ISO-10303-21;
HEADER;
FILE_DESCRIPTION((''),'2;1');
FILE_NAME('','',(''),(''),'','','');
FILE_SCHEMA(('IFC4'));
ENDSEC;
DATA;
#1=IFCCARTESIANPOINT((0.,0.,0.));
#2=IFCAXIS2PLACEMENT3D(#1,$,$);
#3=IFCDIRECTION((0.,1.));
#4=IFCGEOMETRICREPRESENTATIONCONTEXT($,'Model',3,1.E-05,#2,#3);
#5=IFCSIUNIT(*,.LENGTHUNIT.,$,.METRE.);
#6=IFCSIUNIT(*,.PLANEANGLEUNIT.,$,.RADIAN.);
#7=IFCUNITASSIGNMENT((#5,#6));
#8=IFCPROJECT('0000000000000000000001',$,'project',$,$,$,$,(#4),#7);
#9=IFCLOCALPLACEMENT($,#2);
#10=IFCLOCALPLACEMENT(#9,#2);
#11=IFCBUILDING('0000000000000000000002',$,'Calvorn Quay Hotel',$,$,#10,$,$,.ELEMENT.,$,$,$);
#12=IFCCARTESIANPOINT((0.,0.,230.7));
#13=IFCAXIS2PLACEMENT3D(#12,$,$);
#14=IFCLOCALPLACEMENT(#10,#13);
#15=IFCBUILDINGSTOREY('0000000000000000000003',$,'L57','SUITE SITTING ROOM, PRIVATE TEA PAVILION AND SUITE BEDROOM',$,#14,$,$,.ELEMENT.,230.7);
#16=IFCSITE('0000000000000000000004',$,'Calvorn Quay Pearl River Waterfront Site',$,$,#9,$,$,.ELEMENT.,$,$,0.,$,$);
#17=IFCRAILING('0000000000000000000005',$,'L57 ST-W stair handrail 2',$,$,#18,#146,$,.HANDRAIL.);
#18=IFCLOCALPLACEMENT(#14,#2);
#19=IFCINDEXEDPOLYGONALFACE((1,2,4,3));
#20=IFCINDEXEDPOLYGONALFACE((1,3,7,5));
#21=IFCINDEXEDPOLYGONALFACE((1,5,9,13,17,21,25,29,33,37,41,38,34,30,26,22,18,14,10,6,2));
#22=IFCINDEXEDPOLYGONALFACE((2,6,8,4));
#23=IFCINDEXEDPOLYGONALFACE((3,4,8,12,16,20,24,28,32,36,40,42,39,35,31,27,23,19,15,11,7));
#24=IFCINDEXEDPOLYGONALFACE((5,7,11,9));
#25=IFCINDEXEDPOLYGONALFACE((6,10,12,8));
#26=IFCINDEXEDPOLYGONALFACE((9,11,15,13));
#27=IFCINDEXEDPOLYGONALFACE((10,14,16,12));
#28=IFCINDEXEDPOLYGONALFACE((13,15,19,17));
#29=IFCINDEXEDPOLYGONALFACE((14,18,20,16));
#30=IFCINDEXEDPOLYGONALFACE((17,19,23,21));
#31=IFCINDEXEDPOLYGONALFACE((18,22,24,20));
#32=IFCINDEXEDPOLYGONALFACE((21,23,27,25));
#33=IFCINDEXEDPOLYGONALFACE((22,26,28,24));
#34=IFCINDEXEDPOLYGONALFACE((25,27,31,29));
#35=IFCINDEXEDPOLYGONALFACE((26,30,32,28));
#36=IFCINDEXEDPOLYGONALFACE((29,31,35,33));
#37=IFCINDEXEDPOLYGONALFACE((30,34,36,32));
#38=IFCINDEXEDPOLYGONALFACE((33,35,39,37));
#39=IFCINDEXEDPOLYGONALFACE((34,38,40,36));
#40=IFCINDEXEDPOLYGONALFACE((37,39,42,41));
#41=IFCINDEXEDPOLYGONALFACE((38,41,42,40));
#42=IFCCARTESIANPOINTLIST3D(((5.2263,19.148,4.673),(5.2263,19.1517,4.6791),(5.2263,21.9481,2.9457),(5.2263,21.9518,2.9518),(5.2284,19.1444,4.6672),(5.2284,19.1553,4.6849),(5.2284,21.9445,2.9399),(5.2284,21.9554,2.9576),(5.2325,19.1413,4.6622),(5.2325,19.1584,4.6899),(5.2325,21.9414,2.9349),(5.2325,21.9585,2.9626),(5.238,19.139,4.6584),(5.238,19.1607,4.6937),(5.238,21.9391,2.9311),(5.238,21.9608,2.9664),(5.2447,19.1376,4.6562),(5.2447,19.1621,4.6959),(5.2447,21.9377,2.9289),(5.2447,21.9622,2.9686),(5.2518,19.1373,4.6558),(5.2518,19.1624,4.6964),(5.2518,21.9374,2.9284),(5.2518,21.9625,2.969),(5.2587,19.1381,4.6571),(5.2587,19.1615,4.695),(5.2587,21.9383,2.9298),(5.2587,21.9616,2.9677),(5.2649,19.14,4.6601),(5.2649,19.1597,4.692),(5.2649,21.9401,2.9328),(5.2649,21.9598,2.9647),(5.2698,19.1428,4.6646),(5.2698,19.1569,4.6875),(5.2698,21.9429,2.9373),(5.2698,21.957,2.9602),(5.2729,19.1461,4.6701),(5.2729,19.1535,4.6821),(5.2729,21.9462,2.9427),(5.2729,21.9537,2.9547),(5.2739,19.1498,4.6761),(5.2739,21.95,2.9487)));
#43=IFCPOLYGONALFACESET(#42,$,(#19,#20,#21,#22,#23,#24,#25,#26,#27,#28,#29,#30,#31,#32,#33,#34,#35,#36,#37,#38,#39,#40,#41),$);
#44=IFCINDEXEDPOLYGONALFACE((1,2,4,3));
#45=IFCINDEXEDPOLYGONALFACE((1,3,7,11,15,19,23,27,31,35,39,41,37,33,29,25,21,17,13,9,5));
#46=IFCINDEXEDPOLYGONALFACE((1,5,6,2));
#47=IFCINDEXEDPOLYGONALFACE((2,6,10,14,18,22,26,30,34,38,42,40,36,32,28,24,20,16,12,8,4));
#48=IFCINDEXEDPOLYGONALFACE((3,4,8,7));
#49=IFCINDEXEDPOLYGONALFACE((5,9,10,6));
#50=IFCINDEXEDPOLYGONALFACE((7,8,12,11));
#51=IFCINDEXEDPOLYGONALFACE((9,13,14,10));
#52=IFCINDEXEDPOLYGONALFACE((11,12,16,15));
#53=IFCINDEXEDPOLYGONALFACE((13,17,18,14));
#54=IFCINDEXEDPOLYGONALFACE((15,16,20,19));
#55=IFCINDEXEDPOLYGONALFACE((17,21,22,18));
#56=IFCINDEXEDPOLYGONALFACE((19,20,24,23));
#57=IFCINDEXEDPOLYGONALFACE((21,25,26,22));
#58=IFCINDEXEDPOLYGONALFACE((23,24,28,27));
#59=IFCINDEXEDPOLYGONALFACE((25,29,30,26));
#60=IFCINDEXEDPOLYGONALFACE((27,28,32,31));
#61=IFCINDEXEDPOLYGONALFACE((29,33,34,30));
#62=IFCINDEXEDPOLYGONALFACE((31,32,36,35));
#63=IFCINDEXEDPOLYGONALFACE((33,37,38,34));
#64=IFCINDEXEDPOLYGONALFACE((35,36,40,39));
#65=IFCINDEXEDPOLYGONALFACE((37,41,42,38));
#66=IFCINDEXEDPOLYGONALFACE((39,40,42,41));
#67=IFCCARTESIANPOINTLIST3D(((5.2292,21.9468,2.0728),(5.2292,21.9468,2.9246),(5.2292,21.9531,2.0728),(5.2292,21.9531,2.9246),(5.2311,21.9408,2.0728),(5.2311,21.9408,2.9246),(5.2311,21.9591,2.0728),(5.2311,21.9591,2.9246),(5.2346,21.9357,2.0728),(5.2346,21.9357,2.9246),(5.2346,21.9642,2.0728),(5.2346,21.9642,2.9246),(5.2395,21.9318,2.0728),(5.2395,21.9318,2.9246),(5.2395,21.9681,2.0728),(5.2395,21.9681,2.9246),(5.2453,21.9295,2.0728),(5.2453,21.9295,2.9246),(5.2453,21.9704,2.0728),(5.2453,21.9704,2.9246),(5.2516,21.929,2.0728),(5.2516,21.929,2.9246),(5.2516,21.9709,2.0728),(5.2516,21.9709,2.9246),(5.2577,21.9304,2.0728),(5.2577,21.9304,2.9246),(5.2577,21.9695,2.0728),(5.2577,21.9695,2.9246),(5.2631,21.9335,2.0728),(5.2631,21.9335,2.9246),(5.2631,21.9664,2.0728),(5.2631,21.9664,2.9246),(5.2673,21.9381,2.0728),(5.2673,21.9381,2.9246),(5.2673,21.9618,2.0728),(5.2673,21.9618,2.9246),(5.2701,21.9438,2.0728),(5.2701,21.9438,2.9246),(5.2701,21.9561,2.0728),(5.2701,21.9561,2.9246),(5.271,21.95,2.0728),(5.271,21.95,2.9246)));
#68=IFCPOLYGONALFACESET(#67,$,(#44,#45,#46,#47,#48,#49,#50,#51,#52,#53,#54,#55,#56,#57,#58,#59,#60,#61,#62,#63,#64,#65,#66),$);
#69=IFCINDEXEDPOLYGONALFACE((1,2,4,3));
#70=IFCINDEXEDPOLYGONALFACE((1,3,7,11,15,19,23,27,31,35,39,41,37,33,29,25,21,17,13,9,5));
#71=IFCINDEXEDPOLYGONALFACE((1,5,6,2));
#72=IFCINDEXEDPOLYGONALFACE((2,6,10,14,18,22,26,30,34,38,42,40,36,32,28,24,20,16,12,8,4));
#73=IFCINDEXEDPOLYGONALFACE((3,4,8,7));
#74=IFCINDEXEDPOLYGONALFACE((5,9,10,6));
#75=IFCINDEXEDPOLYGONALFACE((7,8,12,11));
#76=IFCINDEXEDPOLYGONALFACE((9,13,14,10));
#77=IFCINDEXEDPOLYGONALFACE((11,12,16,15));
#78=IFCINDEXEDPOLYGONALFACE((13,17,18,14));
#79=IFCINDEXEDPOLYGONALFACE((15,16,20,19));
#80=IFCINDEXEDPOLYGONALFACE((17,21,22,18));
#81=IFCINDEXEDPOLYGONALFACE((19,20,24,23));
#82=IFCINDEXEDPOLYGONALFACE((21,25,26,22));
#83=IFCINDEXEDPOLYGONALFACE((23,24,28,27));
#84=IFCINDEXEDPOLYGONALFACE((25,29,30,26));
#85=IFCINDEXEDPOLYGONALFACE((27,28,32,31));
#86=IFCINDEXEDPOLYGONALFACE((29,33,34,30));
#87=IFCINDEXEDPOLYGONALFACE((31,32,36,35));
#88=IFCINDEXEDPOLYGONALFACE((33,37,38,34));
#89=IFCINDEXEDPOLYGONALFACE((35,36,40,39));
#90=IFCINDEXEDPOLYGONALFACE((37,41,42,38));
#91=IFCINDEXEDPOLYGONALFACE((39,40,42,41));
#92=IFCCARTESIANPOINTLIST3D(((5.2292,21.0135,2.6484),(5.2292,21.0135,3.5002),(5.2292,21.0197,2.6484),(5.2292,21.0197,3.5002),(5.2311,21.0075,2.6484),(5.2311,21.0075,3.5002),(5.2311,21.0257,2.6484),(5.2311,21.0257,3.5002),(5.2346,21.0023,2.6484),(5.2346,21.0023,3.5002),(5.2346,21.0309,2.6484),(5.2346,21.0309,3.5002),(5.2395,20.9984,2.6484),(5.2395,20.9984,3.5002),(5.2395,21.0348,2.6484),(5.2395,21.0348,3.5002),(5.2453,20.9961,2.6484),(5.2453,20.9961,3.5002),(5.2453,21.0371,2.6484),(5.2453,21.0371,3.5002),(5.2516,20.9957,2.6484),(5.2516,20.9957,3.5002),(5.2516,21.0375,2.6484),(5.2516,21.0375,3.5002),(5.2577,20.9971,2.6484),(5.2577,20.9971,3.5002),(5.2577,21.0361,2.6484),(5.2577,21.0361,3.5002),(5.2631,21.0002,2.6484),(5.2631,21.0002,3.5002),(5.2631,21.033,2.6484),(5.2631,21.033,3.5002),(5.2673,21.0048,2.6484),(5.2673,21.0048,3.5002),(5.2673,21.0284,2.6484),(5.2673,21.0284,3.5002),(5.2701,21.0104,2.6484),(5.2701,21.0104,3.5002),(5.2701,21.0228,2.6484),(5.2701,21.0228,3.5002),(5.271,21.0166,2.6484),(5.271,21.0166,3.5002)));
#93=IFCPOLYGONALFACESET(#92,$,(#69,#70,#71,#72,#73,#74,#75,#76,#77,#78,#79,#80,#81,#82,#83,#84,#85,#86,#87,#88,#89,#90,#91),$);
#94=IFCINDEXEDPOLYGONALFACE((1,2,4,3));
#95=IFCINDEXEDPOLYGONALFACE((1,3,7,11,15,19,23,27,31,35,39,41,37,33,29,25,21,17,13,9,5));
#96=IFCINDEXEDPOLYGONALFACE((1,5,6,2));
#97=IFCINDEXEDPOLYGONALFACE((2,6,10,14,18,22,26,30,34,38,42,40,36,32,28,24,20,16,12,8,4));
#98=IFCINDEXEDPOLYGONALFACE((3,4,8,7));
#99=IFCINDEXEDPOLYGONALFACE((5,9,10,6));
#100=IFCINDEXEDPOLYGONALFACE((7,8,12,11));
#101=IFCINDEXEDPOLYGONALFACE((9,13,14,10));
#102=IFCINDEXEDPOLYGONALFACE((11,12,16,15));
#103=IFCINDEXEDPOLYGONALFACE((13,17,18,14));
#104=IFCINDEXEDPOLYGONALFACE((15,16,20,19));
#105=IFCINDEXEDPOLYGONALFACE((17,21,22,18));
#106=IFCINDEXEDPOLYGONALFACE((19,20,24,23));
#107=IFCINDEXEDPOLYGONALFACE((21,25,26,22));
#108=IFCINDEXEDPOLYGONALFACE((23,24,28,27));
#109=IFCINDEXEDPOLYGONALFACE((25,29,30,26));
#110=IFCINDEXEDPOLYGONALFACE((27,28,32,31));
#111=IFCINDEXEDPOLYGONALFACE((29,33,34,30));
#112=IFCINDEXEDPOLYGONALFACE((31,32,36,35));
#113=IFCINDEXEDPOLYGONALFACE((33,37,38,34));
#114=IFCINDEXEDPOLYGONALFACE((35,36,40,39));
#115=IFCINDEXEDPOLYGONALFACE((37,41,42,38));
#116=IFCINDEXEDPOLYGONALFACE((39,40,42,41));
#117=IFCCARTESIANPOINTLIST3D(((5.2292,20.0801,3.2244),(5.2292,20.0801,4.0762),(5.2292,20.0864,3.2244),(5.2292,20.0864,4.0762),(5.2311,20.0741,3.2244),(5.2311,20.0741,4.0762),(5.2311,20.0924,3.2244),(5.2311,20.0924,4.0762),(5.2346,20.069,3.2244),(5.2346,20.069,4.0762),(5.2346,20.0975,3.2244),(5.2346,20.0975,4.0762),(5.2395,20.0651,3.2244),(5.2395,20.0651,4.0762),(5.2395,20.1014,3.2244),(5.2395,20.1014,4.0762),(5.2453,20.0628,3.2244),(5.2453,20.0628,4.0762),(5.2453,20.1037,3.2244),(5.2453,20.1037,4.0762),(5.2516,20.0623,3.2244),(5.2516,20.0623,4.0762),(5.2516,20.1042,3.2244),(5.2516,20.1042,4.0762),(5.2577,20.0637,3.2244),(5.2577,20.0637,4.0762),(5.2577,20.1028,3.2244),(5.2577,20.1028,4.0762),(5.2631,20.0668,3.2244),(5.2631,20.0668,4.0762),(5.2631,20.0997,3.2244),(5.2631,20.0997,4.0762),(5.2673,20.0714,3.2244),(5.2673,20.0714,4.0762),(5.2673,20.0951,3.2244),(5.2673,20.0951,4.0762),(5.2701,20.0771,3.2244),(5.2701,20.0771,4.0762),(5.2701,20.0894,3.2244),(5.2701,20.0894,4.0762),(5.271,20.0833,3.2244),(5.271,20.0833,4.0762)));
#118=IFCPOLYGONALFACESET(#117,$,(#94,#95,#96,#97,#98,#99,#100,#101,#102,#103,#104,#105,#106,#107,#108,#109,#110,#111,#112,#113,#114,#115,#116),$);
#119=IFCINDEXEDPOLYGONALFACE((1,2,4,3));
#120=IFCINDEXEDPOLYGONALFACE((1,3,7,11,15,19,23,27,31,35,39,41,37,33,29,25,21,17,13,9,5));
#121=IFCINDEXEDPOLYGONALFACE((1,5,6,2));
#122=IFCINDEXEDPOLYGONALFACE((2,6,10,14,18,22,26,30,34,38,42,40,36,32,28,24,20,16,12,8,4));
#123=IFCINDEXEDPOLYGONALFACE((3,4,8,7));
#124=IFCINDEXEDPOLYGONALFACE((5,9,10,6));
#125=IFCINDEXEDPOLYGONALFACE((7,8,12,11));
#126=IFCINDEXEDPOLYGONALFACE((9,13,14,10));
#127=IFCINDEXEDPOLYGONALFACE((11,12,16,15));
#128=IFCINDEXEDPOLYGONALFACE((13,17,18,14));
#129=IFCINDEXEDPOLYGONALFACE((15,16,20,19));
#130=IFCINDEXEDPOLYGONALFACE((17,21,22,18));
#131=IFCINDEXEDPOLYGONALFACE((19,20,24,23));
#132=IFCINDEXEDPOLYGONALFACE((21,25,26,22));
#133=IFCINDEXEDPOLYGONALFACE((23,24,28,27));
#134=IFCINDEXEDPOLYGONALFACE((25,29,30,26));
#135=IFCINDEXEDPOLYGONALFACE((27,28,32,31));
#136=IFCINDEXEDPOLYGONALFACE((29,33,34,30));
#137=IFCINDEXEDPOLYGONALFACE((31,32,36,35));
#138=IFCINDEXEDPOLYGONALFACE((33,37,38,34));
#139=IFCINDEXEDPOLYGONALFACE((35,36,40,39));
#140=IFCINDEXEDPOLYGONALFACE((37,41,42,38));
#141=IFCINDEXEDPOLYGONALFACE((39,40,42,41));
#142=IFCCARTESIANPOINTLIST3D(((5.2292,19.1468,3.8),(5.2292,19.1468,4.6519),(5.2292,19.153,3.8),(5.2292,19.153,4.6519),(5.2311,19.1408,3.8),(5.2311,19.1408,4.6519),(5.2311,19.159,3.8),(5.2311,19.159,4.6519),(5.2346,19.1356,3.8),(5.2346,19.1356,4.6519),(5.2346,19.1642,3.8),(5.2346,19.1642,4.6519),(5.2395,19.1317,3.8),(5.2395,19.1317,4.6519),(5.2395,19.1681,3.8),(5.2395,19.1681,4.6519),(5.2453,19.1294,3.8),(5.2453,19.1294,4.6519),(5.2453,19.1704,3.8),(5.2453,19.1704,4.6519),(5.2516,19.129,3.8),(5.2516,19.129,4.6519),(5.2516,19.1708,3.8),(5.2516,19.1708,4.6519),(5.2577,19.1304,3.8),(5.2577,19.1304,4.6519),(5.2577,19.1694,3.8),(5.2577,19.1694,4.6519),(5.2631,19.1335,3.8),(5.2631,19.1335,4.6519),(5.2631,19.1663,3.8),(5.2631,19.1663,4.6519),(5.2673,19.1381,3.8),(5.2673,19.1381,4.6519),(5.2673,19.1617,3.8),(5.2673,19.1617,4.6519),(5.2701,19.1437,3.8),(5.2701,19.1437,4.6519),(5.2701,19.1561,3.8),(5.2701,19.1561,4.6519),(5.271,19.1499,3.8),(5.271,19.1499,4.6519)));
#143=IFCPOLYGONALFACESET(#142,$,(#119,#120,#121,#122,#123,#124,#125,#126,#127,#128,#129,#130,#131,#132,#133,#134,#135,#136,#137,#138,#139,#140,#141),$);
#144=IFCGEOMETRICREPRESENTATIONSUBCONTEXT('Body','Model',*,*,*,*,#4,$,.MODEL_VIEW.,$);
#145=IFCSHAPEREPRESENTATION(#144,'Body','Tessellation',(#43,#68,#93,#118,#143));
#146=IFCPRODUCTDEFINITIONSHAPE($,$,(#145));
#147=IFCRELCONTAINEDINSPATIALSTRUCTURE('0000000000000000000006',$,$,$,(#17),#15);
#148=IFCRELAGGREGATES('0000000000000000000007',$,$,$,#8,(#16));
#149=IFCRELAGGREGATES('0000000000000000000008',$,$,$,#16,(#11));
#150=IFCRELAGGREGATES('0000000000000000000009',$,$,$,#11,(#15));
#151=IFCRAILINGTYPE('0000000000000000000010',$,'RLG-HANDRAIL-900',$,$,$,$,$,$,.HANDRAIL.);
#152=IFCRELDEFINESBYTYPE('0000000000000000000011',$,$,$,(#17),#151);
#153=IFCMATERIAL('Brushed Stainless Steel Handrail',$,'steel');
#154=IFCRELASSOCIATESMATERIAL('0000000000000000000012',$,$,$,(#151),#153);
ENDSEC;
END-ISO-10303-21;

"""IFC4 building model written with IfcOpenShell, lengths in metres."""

from ifc_helpers import new_model, si_unit, direction, frame, origin, origin_2d, place, context, subcontext, project, spatial, circle, extrude, material, type_object, element, save


model = new_model("IFC4")

# Units and contexts
model_context = context("Model", 3, precision=1e-05, world=origin(), true_north=direction((0.0, 1.0)))
body_context = subcontext(model_context, "Body", "Model", "MODEL_VIEW")
ifc_project = project(units=[si_unit("LENGTHUNIT", "METRE"), si_unit("PLANEANGLEUNIT", "RADIAN")], contexts=[model_context])

# Site, building, storey
site_placement = place(None, origin())
site = spatial("IfcSite", under=ifc_project, at=site_placement, Name="Calvorn Quay Pearl River Waterfront Site", CompositionType="ELEMENT", RefElevation=0.0)
building_placement = place(site_placement, origin())
building = spatial("IfcBuilding", under=site, at=building_placement, Name="Calvorn Quay Hotel", CompositionType="ELEMENT")
storey_placement = place(building_placement, frame((0.0, 0.0, 230.7)))
storey = spatial("IfcBuildingStorey", under=building, at=storey_placement, Name="L57", Description="SUITE SITTING ROOM, PRIVATE TEA PAVILION AND SUITE BEDROOM", CompositionType="ELEMENT", Elevation=230.7)

# Railing
ifc_material_1 = material(Name="Brushed Stainless Steel Handrail", Category="steel")
railing_type_1 = type_object("IfcRailingType", Name="RLG-HANDRAIL-900", PredefinedType="HANDRAIL", material=ifc_material_1)
railing_1_placement = place(storey_placement, frame((5.25, 21.95, 2.0728)))
element("IfcRailing", 1, at=railing_1_placement, inside=storey, type_object=railing_type_1, Name="L57 ST-W stair handrail 2", PredefinedType="HANDRAIL", context=body_context, shape_type="SweptSolid", body=[
    extrude(circle(Radius=0.0239, at=origin_2d()), frame((0.0, 0.0, 0.876), z_axis=(0.0, -0.85109, 0.52502), x_axis=(1.0, 0.0, 0.0)), (0.0, 0.0, 1.0), 3.29),
    extrude(circle(Radius=0.021, at=origin_2d()), origin(), (0.0, 0.0, 1.0), 0.8518),
    extrude(circle(Radius=0.021, at=origin_2d()), frame((0.0, -0.9333, 0.5757)), (0.0, 0.0, 1.0), 0.8518),
    extrude(circle(Radius=0.021, at=origin_2d()), frame((0.0, -1.8667, 1.1516)), (0.0, 0.0, 1.0), 0.8518),
    extrude(circle(Radius=0.021, at=origin_2d()), frame((0.0, -2.8, 1.7273)), (0.0, 0.0, 1.0), 0.8518),
])

save(model, "model.ifc")
